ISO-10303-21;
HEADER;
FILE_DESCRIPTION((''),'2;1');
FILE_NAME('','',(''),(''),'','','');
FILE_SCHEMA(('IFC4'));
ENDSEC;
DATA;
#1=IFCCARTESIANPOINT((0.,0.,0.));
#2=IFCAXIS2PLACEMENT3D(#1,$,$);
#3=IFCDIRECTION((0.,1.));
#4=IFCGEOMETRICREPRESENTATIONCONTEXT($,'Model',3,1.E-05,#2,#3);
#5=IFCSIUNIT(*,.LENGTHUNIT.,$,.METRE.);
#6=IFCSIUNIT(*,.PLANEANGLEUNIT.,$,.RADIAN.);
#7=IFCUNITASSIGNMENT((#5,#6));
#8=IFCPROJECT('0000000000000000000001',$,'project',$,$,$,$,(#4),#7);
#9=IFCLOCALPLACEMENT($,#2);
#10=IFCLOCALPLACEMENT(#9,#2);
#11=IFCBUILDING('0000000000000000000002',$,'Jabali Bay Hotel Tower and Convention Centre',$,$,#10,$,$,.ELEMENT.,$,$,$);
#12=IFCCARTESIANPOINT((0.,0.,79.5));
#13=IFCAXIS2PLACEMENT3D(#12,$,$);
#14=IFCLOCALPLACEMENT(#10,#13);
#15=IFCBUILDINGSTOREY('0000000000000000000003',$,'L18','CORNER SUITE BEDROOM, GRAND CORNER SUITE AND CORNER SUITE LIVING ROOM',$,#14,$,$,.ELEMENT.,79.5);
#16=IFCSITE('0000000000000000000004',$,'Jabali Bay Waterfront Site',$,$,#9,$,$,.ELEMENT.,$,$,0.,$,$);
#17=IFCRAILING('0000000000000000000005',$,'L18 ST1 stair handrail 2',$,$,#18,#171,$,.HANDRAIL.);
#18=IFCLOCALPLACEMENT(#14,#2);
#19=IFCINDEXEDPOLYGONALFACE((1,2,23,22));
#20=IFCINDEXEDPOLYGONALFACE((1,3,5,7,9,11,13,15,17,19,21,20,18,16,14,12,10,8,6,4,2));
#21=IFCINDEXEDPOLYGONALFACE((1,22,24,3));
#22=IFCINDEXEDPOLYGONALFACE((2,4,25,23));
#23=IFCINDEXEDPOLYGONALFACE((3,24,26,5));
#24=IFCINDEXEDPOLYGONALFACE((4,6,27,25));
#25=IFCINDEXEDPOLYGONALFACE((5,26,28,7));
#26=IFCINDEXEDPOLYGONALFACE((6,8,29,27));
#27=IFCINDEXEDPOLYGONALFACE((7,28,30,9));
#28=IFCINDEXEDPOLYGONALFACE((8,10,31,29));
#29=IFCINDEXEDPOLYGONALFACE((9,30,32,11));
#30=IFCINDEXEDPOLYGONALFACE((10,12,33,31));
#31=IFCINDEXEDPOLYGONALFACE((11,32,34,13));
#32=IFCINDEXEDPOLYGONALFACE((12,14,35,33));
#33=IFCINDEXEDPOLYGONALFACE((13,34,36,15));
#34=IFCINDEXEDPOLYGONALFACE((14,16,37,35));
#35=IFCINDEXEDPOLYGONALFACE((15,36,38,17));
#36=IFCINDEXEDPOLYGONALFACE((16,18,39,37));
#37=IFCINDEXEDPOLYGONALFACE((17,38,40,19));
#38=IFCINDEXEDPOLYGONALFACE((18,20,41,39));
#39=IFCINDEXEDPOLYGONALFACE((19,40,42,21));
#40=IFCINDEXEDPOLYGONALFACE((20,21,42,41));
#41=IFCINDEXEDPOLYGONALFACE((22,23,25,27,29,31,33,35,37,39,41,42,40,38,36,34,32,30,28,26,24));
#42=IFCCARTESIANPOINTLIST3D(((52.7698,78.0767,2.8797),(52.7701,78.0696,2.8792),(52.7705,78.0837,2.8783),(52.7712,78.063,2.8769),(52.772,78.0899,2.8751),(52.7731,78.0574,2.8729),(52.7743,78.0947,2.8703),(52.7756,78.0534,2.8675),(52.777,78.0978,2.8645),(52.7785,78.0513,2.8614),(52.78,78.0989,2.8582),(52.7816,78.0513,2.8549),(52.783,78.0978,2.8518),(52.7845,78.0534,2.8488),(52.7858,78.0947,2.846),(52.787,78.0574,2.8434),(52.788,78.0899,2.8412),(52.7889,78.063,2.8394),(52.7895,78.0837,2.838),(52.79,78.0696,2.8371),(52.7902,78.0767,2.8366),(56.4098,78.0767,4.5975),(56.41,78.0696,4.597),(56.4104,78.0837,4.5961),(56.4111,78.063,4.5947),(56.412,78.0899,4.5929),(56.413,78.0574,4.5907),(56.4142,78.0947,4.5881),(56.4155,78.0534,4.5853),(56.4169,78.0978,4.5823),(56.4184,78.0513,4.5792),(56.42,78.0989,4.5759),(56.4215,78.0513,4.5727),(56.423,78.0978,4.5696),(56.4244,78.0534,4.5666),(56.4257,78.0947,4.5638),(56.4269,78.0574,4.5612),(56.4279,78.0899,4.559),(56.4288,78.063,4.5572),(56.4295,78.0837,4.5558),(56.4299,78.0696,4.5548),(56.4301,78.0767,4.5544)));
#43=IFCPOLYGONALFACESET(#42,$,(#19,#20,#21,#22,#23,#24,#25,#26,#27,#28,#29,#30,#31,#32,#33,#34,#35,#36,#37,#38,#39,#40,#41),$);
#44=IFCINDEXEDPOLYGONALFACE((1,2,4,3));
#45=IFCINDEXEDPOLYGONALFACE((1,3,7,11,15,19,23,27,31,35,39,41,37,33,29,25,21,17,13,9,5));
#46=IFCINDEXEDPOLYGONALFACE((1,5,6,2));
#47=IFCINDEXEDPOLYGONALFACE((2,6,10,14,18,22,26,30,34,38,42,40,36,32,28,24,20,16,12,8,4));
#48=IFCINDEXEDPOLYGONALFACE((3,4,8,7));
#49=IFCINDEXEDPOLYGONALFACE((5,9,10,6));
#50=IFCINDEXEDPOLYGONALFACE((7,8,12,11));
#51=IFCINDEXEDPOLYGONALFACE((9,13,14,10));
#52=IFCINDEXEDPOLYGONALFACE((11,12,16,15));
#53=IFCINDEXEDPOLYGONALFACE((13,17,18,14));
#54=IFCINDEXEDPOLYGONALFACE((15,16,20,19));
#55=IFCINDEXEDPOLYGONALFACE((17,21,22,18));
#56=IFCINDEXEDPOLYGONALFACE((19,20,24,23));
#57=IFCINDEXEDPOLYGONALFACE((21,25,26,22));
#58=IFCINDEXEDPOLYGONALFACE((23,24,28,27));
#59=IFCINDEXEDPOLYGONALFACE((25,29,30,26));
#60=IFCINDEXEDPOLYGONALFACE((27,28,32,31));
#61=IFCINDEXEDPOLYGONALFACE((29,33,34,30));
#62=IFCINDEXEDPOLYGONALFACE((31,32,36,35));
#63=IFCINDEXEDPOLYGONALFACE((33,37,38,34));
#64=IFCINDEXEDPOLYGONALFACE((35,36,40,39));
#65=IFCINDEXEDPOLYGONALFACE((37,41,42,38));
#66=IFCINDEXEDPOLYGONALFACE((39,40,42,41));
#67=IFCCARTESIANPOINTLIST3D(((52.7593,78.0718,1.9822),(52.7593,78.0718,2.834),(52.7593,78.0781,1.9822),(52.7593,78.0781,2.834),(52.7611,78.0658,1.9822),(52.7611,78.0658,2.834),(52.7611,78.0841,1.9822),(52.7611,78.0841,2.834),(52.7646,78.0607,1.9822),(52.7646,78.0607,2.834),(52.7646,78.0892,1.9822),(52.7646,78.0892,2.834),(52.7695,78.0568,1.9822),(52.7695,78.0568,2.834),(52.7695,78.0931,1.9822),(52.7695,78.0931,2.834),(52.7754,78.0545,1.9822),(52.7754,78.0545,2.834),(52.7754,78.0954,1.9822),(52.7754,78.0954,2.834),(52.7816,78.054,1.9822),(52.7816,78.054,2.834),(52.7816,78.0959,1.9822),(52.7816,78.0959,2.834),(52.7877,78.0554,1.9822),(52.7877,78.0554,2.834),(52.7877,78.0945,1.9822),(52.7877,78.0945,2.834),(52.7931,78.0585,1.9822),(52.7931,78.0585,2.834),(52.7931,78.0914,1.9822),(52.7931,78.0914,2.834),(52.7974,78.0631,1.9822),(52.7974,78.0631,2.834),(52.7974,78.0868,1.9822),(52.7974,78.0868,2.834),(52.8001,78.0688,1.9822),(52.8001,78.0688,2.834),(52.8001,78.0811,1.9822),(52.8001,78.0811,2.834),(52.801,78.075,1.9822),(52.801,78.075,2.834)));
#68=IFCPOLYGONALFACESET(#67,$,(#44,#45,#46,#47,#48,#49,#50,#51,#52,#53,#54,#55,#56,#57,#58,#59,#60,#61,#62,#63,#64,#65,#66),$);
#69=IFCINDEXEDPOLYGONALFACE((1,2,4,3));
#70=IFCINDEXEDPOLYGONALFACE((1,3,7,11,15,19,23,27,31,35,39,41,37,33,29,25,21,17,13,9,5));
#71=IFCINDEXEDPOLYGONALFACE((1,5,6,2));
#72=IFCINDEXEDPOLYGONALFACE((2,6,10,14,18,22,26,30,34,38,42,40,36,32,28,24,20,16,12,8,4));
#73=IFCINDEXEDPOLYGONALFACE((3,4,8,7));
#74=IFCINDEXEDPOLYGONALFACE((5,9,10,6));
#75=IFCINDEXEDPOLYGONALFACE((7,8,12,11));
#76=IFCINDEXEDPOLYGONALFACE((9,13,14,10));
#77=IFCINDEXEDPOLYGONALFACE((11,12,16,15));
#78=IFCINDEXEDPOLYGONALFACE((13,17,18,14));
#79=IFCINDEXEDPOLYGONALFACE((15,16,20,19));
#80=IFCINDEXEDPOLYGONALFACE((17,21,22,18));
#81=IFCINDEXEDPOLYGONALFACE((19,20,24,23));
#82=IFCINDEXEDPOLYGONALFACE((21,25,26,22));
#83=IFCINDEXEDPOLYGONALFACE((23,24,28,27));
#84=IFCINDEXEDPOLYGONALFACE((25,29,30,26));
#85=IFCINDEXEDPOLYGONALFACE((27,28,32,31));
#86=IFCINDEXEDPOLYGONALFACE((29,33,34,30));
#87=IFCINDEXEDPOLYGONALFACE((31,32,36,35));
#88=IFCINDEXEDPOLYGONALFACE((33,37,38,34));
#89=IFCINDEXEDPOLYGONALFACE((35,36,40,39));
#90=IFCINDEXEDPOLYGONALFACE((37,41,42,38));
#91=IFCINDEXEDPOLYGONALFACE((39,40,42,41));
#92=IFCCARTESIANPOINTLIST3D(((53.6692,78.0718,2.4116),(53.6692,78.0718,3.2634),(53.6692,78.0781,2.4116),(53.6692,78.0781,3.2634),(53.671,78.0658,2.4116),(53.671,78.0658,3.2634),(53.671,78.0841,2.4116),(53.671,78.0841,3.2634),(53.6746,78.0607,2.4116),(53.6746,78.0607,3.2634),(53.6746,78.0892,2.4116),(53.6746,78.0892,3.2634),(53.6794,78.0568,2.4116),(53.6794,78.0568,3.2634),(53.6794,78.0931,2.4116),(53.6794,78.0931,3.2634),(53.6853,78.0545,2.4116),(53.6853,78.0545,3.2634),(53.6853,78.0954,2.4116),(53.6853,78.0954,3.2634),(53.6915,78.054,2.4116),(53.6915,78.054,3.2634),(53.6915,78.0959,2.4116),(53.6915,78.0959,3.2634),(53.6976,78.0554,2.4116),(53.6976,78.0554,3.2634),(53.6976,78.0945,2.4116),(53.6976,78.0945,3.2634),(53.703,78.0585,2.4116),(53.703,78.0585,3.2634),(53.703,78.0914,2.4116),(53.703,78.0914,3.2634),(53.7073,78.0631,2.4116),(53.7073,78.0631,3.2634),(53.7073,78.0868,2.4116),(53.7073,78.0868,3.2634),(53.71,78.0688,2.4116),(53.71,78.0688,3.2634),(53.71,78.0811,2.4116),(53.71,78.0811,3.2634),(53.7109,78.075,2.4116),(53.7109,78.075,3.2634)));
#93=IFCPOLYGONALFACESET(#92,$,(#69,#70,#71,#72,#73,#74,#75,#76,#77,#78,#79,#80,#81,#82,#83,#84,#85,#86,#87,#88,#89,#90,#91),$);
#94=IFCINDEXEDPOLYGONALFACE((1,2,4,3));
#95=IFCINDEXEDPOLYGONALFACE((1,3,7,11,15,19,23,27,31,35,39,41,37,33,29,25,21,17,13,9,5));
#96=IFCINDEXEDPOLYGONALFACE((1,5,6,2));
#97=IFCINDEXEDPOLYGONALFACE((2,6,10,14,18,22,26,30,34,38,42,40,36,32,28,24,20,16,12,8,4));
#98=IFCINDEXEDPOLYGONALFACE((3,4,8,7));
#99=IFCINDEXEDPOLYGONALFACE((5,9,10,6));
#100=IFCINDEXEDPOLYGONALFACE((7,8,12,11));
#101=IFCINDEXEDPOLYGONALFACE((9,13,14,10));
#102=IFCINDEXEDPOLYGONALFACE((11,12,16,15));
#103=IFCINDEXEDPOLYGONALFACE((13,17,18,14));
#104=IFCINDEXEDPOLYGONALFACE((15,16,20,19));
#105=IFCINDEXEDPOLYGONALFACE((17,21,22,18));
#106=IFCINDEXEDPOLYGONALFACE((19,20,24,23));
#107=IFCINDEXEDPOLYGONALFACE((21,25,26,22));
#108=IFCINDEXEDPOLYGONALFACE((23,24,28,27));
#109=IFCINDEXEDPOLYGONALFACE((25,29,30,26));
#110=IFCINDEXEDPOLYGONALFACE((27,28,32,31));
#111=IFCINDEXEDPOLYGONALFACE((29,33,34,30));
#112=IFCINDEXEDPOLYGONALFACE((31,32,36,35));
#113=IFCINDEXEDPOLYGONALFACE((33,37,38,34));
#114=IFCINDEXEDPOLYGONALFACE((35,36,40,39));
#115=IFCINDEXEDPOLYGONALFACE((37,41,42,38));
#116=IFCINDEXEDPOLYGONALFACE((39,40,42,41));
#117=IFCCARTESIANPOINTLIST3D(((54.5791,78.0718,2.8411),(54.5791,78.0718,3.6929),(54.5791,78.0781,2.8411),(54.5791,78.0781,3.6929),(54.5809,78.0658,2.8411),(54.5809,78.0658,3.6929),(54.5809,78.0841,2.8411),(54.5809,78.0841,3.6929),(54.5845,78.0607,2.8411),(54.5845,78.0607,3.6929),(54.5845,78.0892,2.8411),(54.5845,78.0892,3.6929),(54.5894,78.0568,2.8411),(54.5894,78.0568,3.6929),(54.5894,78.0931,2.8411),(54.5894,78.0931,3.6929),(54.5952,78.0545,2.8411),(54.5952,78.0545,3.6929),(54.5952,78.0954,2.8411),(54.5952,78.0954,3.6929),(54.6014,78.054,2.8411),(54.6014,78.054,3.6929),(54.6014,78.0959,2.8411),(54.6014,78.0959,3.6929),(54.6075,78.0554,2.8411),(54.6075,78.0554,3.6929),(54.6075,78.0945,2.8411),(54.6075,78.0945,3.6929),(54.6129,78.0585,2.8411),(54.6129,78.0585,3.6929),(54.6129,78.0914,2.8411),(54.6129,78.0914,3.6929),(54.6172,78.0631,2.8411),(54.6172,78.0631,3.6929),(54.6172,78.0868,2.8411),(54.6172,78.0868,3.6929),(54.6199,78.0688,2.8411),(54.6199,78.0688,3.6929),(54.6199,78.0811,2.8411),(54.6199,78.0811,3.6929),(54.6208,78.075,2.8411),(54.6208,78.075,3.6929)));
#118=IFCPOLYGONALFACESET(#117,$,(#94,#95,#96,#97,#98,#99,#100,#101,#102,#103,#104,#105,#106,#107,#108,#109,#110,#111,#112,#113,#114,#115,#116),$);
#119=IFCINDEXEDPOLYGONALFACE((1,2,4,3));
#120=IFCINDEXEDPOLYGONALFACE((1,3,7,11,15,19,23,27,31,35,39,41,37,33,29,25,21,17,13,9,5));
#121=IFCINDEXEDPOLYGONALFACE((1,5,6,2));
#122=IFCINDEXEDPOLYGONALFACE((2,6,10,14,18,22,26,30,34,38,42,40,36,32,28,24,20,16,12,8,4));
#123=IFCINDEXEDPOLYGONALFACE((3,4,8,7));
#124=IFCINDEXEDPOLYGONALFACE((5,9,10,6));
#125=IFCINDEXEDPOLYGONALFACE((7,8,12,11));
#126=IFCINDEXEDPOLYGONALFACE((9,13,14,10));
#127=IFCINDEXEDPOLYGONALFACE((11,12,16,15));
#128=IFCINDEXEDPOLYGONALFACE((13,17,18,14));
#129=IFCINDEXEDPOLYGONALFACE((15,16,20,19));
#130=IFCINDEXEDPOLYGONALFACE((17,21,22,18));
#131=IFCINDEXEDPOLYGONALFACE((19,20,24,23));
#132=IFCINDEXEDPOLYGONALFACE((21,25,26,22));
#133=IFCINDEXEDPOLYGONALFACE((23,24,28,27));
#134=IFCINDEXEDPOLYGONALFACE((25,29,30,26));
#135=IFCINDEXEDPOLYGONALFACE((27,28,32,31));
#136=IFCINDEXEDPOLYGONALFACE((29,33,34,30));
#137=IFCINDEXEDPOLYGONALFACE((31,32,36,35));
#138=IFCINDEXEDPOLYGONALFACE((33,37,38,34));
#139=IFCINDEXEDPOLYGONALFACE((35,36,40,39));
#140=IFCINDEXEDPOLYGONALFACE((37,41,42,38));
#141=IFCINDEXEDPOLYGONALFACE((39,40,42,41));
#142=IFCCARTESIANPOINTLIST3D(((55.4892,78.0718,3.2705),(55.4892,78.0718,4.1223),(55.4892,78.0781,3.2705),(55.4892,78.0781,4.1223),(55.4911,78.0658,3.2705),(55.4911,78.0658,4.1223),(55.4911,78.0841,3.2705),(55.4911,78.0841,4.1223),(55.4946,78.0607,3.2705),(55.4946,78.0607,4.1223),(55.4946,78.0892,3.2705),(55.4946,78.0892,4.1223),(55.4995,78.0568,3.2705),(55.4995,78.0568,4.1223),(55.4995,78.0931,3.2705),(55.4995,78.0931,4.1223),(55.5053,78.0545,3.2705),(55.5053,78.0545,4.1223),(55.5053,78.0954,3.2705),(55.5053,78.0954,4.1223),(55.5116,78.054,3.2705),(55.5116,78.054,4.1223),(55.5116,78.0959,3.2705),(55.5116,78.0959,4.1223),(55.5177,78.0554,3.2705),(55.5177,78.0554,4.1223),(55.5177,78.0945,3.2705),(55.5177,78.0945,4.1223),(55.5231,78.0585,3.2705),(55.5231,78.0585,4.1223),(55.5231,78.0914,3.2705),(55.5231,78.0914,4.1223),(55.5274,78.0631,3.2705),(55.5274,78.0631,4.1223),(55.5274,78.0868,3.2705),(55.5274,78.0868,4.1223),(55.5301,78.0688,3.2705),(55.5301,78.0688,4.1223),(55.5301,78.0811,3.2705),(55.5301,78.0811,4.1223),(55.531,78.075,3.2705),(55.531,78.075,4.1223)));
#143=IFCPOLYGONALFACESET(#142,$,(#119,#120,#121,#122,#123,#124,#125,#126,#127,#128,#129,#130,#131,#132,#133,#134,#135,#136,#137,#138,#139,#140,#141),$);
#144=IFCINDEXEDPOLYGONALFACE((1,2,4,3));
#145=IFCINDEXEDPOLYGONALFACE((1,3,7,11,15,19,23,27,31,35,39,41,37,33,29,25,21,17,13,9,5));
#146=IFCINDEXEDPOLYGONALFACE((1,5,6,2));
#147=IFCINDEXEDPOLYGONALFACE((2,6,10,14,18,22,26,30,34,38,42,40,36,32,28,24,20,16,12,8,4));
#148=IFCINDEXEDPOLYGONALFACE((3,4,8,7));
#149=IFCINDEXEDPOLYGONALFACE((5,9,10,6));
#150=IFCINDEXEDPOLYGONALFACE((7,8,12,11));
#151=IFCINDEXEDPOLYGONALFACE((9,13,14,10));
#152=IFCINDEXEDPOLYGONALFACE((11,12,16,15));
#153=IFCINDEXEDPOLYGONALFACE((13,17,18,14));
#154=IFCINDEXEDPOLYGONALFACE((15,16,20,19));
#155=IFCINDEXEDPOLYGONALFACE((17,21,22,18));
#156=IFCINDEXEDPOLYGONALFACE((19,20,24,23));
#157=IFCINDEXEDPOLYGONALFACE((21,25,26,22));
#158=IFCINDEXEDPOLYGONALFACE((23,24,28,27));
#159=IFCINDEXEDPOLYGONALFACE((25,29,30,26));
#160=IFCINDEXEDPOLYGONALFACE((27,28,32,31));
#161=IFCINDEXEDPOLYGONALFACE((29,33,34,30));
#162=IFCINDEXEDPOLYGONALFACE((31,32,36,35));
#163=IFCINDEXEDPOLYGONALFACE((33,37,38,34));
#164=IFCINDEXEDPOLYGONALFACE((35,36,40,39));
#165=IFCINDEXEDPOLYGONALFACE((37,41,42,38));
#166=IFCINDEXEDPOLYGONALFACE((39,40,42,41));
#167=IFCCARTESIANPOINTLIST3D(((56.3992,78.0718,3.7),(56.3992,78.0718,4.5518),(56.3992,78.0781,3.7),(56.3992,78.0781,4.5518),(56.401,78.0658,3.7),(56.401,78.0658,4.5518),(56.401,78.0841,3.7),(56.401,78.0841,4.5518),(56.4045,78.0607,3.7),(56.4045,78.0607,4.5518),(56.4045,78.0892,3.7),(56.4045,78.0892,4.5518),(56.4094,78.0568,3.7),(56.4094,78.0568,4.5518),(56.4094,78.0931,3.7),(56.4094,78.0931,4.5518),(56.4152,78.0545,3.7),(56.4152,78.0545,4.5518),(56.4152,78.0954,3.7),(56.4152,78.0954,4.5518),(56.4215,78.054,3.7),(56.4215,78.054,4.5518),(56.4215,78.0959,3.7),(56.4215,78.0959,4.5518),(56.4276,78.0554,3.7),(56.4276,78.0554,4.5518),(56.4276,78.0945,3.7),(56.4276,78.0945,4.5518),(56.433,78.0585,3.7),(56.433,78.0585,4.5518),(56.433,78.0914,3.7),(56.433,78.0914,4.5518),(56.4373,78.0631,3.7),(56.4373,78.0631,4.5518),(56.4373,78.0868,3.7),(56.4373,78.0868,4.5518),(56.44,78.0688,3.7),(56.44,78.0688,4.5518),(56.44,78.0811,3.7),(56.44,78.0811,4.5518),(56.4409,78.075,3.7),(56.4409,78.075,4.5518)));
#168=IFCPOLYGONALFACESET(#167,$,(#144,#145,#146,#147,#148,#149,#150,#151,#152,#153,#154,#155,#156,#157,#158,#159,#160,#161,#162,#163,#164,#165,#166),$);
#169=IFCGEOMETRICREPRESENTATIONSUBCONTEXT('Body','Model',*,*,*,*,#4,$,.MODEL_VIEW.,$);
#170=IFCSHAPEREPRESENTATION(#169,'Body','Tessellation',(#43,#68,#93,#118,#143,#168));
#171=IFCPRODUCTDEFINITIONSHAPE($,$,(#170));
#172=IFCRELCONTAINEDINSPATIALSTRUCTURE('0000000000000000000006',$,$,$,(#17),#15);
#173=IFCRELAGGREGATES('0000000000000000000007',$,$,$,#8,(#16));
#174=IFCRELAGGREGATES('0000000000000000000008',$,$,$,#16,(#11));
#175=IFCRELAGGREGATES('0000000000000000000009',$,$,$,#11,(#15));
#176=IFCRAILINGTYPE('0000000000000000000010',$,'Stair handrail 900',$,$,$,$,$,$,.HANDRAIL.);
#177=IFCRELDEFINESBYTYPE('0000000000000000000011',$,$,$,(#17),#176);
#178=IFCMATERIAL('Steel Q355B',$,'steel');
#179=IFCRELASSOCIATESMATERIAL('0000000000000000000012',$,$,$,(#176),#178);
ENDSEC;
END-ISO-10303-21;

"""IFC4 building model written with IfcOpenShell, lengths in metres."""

from ifc_helpers import new_model, si_unit, direction, frame, origin, origin_2d, place, context, subcontext, project, spatial, circle, extrude, material, type_object, element, save


model = new_model("IFC4")

# Units and contexts
model_context = context("Model", 3, precision=1e-05, world=origin(), true_north=direction((0.0, 1.0)))
body_context = subcontext(model_context, "Body", "Model", "MODEL_VIEW")
ifc_project = project(units=[si_unit("LENGTHUNIT", "METRE"), si_unit("PLANEANGLEUNIT", "RADIAN")], contexts=[model_context])

# Site, building, storey
site_placement = place(None, origin())
site = spatial("IfcSite", under=ifc_project, at=site_placement, Name="Jabali Bay Waterfront Site", CompositionType="ELEMENT", RefElevation=0.0)
building_placement = place(site_placement, origin())
building = spatial("IfcBuilding", under=site, at=building_placement, Name="Jabali Bay Hotel Tower and Convention Centre", CompositionType="ELEMENT")
storey_placement = place(building_placement, frame((0.0, 0.0, 79.5)))
storey = spatial("IfcBuildingStorey", under=building, at=storey_placement, Name="L18", Description="CORNER SUITE BEDROOM, GRAND CORNER SUITE AND CORNER SUITE LIVING ROOM", CompositionType="ELEMENT", Elevation=79.5)

# Railing
ifc_material_1 = material(Name="Steel Q355B", Category="steel")
railing_type = type_object("IfcRailingType", Name="Stair handrail 900", PredefinedType="HANDRAIL", material=ifc_material_1)
railing_placement = place(storey_placement, frame((52.78, 78.075, 1.9822)))
element("IfcRailing", 1, at=railing_placement, inside=storey, type_object=railing_type, Name="L18 ST1 stair handrail 2", PredefinedType="HANDRAIL", context=body_context, shape_type="SweptSolid", body=[
    extrude(circle(Radius=0.0239, at=origin_2d()), frame((0.0, 0.0, 0.876), z_axis=(0.904351, 0.0, 0.42679), x_axis=(0.0, 1.0, 0.0)), (0.0, 0.0, 1.0), 4.0249),
    extrude(circle(Radius=0.021, at=origin_2d()), origin(), (0.0, 0.0, 1.0), 0.8518),
    extrude(circle(Radius=0.021, at=origin_2d()), frame((0.9099, 0.0, 0.4294)), (0.0, 0.0, 1.0), 0.8518),
    extrude(circle(Radius=0.021, at=origin_2d()), frame((1.8198, 0.0, 0.8589)), (0.0, 0.0, 1.0), 0.8518),
    extrude(circle(Radius=0.021, at=origin_2d()), frame((2.73, 0.0, 1.2883)), (0.0, 0.0, 1.0), 0.8518),
    extrude(circle(Radius=0.021, at=origin_2d()), frame((3.6399, 0.0, 1.7178)), (0.0, 0.0, 1.0), 0.8518),
])

save(model, "model.ifc")
